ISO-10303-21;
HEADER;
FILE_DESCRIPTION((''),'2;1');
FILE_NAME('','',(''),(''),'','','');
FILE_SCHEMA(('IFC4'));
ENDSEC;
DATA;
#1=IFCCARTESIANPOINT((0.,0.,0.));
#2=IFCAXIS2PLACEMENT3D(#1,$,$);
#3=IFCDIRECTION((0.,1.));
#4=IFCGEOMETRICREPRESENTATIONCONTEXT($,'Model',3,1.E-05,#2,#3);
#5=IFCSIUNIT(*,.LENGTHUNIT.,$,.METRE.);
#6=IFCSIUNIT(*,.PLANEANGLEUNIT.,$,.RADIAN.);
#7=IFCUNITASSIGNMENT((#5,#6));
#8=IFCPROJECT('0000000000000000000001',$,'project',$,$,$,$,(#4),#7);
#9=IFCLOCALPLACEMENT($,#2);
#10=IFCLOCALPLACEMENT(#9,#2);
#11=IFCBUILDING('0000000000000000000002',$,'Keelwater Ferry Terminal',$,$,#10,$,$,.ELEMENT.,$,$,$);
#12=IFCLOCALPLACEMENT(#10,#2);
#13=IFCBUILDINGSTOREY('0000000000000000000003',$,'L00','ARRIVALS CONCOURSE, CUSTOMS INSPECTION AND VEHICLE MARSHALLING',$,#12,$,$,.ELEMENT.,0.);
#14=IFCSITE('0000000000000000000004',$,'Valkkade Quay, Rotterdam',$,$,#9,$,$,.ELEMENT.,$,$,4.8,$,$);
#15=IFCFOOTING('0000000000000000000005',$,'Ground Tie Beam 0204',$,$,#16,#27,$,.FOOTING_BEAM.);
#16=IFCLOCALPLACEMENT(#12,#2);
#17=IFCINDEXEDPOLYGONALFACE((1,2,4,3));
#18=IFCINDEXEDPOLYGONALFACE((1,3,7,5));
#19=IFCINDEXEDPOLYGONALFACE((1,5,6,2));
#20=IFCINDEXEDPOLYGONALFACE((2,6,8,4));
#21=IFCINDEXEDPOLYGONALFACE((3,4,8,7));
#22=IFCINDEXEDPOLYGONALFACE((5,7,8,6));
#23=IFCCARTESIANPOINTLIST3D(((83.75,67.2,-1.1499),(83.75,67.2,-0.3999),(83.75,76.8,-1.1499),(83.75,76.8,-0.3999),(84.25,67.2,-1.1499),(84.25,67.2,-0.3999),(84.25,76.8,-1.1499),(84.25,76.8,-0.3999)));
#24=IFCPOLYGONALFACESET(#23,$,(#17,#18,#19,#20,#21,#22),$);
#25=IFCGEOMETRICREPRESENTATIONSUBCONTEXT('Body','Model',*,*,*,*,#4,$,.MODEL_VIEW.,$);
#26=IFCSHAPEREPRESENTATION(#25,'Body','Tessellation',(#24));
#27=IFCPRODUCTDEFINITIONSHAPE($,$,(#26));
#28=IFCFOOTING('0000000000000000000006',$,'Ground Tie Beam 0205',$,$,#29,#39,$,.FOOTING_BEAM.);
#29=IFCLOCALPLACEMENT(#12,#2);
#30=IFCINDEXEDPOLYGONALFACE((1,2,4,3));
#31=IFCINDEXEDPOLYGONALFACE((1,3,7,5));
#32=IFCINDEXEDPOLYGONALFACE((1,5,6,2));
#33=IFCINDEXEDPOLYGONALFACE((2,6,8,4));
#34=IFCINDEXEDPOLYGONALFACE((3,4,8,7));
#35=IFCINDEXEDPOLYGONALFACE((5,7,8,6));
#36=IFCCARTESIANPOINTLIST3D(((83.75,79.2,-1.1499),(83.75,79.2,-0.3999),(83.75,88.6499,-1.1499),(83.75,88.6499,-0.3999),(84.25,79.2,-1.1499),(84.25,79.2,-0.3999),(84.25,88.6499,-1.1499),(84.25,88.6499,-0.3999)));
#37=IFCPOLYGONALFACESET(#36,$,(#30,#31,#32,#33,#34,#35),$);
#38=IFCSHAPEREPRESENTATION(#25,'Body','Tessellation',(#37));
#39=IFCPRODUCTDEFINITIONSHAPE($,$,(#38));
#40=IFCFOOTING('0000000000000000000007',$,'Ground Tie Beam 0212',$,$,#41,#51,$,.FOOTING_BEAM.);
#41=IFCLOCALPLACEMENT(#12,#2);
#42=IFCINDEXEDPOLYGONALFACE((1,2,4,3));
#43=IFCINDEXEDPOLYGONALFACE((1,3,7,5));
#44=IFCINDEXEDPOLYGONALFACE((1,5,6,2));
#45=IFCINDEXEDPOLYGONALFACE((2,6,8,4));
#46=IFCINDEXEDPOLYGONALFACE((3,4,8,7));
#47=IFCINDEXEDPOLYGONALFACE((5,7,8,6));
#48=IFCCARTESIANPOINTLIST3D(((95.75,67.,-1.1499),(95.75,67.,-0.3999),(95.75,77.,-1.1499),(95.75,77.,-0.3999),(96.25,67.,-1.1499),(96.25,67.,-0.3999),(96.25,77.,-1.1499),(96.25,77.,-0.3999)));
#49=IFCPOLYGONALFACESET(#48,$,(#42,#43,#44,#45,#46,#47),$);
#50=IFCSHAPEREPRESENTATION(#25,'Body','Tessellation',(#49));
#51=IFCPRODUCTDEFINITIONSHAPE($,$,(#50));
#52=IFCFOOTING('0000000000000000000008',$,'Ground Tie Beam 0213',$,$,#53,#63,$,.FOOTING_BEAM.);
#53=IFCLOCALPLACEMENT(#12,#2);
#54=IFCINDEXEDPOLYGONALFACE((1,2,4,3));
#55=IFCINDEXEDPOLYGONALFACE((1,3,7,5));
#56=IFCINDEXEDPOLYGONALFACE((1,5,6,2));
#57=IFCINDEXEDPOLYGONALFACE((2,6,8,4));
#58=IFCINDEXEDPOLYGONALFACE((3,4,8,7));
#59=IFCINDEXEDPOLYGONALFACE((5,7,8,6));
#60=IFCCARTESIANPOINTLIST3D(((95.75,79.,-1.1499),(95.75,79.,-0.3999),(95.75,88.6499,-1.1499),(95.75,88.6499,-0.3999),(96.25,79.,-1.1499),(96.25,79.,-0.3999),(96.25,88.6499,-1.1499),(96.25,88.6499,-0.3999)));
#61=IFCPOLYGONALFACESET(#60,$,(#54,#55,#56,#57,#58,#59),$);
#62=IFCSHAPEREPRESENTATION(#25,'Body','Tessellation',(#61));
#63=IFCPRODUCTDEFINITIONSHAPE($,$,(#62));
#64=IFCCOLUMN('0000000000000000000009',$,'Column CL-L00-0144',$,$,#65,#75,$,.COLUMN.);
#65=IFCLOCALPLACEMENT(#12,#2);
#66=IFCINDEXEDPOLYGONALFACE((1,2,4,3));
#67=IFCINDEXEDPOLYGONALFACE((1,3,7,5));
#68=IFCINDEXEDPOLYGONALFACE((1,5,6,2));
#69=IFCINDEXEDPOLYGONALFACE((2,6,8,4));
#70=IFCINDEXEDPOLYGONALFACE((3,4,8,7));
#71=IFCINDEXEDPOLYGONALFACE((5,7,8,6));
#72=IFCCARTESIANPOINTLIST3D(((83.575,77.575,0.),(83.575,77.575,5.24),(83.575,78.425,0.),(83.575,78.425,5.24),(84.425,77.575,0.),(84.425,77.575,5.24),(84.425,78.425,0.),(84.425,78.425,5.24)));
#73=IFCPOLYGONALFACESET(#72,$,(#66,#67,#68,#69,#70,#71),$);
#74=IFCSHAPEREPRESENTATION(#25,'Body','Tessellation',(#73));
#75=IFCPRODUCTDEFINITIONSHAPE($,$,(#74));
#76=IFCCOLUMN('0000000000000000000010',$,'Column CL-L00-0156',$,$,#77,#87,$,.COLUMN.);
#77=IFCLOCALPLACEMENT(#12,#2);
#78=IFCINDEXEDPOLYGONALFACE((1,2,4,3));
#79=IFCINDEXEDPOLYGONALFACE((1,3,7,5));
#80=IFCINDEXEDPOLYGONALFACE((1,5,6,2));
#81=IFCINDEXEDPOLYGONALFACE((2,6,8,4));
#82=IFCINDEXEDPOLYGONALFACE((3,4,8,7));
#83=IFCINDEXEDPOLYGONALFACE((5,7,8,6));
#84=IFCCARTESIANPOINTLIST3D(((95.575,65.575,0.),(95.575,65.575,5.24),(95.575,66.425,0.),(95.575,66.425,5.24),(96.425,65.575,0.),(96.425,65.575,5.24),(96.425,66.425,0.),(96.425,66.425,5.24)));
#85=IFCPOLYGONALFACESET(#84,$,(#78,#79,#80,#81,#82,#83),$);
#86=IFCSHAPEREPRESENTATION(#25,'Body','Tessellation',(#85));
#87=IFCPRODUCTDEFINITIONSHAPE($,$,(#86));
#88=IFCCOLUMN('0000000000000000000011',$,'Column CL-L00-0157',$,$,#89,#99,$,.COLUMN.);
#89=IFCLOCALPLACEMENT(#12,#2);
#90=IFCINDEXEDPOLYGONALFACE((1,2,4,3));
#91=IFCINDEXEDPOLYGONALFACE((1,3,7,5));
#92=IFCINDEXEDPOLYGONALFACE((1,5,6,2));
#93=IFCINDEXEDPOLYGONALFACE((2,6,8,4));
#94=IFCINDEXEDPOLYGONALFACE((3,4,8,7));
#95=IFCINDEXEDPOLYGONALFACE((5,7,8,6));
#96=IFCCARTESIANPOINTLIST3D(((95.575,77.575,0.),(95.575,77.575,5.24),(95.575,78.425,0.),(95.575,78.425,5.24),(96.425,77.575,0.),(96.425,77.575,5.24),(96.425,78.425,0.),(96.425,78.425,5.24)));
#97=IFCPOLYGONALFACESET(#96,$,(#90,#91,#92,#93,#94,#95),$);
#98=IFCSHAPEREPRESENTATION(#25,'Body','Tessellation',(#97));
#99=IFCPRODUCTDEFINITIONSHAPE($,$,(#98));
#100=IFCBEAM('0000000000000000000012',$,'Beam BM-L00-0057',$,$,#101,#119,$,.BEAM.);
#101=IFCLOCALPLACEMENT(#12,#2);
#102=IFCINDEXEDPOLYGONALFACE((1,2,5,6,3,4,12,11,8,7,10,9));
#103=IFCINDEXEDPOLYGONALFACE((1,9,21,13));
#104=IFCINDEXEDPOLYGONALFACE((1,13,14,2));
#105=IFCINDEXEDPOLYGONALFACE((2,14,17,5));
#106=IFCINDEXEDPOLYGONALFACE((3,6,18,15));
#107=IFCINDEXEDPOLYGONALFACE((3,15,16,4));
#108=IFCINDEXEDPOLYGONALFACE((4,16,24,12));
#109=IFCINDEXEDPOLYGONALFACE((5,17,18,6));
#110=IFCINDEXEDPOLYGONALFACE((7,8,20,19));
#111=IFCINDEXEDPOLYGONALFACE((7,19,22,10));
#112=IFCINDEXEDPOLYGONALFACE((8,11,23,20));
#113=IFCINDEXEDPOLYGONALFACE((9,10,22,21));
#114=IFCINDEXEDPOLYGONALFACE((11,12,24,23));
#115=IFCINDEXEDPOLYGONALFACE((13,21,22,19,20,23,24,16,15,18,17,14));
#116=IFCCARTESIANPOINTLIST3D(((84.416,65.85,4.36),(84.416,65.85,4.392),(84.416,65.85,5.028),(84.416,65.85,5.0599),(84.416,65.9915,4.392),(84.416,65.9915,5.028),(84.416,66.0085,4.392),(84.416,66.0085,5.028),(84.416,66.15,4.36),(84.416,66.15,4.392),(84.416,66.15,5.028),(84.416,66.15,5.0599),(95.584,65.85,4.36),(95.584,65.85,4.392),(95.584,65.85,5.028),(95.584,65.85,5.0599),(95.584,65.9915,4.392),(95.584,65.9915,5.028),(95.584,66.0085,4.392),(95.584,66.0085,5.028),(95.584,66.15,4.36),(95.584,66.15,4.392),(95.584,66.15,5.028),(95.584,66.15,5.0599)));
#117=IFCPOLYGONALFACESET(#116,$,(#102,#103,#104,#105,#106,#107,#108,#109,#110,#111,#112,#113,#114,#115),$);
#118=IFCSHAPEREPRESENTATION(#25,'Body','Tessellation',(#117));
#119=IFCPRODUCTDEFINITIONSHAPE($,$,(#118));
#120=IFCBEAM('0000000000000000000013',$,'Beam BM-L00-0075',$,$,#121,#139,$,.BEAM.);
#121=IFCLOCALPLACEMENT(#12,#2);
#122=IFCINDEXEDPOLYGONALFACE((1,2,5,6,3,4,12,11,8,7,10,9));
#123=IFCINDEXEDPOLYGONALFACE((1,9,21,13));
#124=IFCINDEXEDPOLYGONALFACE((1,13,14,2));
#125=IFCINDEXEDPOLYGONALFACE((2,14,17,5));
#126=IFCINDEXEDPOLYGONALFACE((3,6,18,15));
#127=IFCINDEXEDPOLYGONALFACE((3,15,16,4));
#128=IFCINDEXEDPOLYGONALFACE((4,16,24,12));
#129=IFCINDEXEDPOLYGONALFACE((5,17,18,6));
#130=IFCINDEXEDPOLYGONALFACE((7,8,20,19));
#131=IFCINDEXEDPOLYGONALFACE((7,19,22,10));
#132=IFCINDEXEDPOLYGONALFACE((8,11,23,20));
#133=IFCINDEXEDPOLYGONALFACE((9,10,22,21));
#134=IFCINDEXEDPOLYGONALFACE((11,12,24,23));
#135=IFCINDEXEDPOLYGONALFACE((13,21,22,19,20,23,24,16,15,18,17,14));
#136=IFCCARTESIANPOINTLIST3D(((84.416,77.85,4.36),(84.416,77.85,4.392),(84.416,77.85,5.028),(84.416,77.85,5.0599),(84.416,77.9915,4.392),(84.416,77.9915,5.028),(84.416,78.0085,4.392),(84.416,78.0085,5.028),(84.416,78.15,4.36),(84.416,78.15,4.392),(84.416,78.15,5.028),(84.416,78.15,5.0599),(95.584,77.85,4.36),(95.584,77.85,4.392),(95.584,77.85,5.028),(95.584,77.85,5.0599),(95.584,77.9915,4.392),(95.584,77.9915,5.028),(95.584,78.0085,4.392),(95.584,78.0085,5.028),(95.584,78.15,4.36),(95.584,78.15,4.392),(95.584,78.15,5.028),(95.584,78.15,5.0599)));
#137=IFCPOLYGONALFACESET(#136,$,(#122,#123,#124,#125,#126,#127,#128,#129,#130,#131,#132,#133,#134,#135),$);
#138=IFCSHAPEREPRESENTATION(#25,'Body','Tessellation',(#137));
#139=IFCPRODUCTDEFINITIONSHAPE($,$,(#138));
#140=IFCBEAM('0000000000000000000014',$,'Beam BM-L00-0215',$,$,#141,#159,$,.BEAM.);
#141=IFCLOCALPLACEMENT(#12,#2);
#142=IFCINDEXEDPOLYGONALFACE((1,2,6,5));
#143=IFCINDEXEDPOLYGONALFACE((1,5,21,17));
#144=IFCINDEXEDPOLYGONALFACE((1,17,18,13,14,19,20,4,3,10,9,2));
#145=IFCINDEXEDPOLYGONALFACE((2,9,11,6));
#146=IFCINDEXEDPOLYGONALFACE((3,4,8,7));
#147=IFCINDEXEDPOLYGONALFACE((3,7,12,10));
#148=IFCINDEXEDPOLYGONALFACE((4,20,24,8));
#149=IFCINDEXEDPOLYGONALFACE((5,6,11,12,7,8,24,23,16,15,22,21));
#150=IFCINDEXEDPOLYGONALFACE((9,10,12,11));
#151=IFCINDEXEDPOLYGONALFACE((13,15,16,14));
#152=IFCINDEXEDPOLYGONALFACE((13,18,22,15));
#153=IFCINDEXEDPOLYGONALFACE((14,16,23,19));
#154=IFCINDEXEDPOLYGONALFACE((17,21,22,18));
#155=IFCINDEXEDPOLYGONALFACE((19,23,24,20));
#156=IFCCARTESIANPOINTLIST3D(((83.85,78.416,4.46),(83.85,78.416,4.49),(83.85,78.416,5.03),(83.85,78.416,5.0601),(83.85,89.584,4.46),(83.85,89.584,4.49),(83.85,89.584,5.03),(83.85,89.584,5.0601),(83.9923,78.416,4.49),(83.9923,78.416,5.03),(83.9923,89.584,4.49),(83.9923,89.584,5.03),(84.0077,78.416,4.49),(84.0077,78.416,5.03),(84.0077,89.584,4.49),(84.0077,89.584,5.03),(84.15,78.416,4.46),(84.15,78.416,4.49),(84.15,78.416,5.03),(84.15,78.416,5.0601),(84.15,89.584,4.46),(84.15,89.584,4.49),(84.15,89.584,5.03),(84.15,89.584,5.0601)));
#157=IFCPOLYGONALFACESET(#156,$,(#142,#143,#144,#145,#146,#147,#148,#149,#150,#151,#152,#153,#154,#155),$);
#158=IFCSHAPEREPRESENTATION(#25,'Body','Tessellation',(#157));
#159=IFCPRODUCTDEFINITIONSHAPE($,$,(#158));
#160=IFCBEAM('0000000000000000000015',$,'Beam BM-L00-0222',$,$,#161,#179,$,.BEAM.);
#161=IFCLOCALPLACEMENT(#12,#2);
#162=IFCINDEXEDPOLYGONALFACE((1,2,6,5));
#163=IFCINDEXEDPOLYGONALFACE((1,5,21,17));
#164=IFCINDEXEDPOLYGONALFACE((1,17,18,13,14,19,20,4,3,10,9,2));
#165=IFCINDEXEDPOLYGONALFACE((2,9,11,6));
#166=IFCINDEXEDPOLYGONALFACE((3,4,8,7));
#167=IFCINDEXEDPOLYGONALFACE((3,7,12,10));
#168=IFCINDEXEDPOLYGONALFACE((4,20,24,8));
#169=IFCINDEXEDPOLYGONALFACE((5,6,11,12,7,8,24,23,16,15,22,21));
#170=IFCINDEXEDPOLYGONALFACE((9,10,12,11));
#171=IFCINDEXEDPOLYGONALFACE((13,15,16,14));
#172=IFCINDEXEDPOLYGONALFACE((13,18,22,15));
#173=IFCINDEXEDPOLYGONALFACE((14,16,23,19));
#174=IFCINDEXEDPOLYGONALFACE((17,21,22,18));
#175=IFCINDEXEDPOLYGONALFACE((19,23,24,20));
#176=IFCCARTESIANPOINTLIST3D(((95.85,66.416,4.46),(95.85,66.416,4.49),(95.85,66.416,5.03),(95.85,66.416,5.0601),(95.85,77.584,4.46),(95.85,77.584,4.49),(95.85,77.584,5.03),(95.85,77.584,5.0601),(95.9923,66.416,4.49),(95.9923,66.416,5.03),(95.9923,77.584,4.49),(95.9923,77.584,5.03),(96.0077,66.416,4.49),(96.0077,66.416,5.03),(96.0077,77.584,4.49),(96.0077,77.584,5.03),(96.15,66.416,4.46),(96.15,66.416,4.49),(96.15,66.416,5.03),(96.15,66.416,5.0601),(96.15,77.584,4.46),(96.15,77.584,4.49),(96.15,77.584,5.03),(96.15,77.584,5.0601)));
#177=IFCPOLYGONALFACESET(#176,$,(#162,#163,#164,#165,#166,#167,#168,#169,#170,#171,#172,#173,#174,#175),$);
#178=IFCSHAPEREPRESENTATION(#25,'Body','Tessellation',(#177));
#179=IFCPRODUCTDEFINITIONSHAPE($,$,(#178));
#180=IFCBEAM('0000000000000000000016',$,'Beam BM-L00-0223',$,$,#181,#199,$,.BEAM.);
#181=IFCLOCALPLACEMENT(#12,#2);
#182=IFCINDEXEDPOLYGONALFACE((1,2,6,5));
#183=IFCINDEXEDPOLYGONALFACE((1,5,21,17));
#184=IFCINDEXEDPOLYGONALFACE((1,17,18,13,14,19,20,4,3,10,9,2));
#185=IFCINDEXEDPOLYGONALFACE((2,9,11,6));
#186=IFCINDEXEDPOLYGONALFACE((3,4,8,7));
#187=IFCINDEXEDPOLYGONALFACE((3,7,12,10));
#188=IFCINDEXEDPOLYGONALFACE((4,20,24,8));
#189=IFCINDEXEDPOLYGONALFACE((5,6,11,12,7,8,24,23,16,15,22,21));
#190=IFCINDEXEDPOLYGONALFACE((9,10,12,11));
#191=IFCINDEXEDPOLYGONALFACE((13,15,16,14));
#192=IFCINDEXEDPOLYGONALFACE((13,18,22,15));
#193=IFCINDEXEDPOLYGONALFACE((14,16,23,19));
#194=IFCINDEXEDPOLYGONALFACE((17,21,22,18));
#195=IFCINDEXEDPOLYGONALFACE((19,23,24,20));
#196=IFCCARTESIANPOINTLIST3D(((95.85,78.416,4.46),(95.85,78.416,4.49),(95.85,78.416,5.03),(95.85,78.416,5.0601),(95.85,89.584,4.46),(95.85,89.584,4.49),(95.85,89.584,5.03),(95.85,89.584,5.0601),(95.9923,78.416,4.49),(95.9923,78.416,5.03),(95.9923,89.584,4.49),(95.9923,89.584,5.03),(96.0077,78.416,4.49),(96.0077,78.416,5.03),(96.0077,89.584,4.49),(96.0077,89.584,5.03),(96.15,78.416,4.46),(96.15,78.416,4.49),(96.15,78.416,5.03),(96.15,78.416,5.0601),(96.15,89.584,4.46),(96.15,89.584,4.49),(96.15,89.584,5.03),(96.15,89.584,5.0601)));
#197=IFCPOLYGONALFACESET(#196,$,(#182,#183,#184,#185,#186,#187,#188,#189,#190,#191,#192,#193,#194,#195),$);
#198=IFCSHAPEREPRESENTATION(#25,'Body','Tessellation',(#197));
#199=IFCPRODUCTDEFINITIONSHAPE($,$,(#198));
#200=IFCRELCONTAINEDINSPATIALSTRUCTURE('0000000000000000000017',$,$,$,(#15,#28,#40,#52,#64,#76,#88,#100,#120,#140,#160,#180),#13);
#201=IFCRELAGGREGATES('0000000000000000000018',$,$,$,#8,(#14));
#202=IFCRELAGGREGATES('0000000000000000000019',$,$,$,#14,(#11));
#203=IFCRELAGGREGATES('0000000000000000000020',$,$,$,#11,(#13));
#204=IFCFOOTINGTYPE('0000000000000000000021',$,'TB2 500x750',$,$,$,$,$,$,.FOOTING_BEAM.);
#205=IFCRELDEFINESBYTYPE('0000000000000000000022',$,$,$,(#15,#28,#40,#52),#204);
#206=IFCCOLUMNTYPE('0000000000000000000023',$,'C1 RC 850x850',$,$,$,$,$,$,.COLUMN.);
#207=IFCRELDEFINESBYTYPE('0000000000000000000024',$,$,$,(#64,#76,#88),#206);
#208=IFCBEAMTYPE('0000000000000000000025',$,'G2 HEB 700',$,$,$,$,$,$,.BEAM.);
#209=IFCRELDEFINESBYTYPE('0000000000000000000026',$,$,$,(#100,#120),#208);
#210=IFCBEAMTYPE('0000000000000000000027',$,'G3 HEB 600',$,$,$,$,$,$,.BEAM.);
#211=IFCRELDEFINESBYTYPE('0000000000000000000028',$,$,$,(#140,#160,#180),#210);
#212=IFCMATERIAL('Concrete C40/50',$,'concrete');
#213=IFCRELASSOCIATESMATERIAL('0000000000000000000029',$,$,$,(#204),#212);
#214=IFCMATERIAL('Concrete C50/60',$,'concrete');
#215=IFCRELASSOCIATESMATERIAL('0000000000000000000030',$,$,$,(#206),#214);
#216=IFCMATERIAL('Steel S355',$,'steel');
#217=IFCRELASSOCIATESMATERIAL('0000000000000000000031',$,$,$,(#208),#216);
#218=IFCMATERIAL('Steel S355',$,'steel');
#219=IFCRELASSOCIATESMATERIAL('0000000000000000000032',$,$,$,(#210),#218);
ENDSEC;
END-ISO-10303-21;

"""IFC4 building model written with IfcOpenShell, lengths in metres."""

from ifc_helpers import new_model, si_unit, direction, frame, origin, origin_2d, place, context, subcontext, project, spatial, rectangle, i_section, extrude, material, material_profile, profile_set, type_object, element, save


model = new_model("IFC4")

# Units and contexts
model_context = context("Model", 3, precision=1e-05, world=origin(), true_north=direction((0.0, 1.0)))
body_context = subcontext(model_context, "Body", "Model", "MODEL_VIEW")
ifc_project = project(units=[si_unit("LENGTHUNIT", "METRE"), si_unit("PLANEANGLEUNIT", "RADIAN")], contexts=[model_context])

# Site, building, storey
site_placement = place(None, origin())
site = spatial("IfcSite", under=ifc_project, at=site_placement, Name="Valkkade Quay, Rotterdam", CompositionType="ELEMENT", RefElevation=4.8)
building_placement = place(site_placement, origin())
building = spatial("IfcBuilding", under=site, at=building_placement, Name="Keelwater Ferry Terminal", CompositionType="ELEMENT")
storey_placement = place(building_placement, origin())
storey = spatial("IfcBuildingStorey", under=building, at=storey_placement, Name="L00", Description="ARRIVALS CONCOURSE, CUSTOMS INSPECTION AND VEHICLE MARSHALLING", CompositionType="ELEMENT", Elevation=0.0)

# Footings
ifc_material_1 = material(Name="Concrete C40/50", Category="concrete")
ifc_material_profile_1 = material_profile(ifc_material_1, rectangle(XDim=0.5, YDim=0.75, at=origin_2d()), Name="TB 500x750")
ifc_profile_set_1 = profile_set([ifc_material_profile_1], Name="Concrete C40/50")
footing_type_1 = type_object("IfcFootingType", Name="TB2 500x750", PredefinedType="FOOTING_BEAM", material=ifc_profile_set_1)
footing_1_placement = place(storey_placement, frame((84.0, 67.2, -0.7749), z_axis=(0.0, 1.0, 0.0), x_axis=(-1.0, 0.0, 0.0)))
element("IfcFooting", 1, at=footing_1_placement, inside=storey, type_object=footing_type_1, Name="Ground Tie Beam 0204", PredefinedType="FOOTING_BEAM", context=body_context, shape_type="SweptSolid", body=[
    extrude(rectangle(XDim=0.5, YDim=0.75, at=origin_2d()), origin(), (0.0, 0.0, 1.0), 9.6001),
])
footing_2_placement = place(storey_placement, frame((84.0, 79.2, -0.7749), z_axis=(0.0, 1.0, 0.0), x_axis=(-1.0, 0.0, 0.0)))
element("IfcFooting", 2, at=footing_2_placement, inside=storey, type_object=footing_type_1, Name="Ground Tie Beam 0205", PredefinedType="FOOTING_BEAM", context=body_context, shape_type="SweptSolid", body=[
    extrude(rectangle(XDim=0.5, YDim=0.75, at=origin_2d()), origin(), (0.0, 0.0, 1.0), 9.45),
])
footing_3_placement = place(storey_placement, frame((96.0, 67.0, -0.7749), z_axis=(0.0, 1.0, 0.0), x_axis=(-1.0, 0.0, 0.0)))
element("IfcFooting", 3, at=footing_3_placement, inside=storey, type_object=footing_type_1, Name="Ground Tie Beam 0212", PredefinedType="FOOTING_BEAM", context=body_context, shape_type="SweptSolid", body=[
    extrude(rectangle(XDim=0.5, YDim=0.75, at=origin_2d()), origin(), (0.0, 0.0, 1.0), 10.0),
])
footing_4_placement = place(storey_placement, frame((96.0, 79.0, -0.7749), z_axis=(0.0, 1.0, 0.0), x_axis=(-1.0, 0.0, 0.0)))
element("IfcFooting", 4, at=footing_4_placement, inside=storey, type_object=footing_type_1, Name="Ground Tie Beam 0213", PredefinedType="FOOTING_BEAM", context=body_context, shape_type="SweptSolid", body=[
    extrude(rectangle(XDim=0.5, YDim=0.75, at=origin_2d()), origin(), (0.0, 0.0, 1.0), 9.6499),
])

# Columns
ifc_material_2 = material(Name="Concrete C50/60", Category="concrete")
ifc_material_profile_2 = material_profile(ifc_material_2, rectangle(XDim=0.8501, YDim=0.8501, at=origin_2d()), Name="RC 850x850")
ifc_profile_set_2 = profile_set([ifc_material_profile_2], Name="Concrete C50/60")
column_type = type_object("IfcColumnType", Name="C1 RC 850x850", PredefinedType="COLUMN", material=ifc_profile_set_2)
for number, where, z_axis, x_axis, name in (
    (5, (84.0, 78.0, 0.0), (0.0, 0.0, 1.0), (1.0, 0.0, 0.0), "Column CL-L00-0144"),
    (6, (96.0, 66.0, 0.0), (0.0, 0.0, 1.0), (1.0, 0.0, 0.0), "Column CL-L00-0156"),
    (7, (96.0, 78.0, 0.0), (0.0, 0.0, 1.0), (1.0, 0.0, 0.0), "Column CL-L00-0157"),
):
    element("IfcColumn", number, at=place(storey_placement, frame(where, z_axis=z_axis, x_axis=x_axis)), inside=storey, type_object=column_type, Name=name, PredefinedType="COLUMN", context=body_context, shape_type="SweptSolid", body=[
        extrude(rectangle(XDim=0.8501, YDim=0.8501, at=origin_2d()), origin(), (0.0, 0.0, 1.0), 5.24),
    ])

# Beams
ifc_material_3 = material(Name="Steel S355", Category="steel")
ifc_material_profile_3 = material_profile(ifc_material_3, i_section(OverallWidth=0.3, OverallDepth=0.7, WebThickness=0.0171, FlangeThickness=0.032, at=origin_2d()), Name="HEB 700")
ifc_profile_set_3 = profile_set([ifc_material_profile_3], Name="Steel S355")
beam_type_1 = type_object("IfcBeamType", Name="G2 HEB 700", PredefinedType="BEAM", material=ifc_profile_set_3)
for number, where, z_axis, x_axis, name in (
    (8, (84.416, 66.0, 4.71), (1.0, 0.0, 0.0), (0.0, 1.0, 0.0), "Beam BM-L00-0057"),
    (9, (84.416, 78.0, 4.71), (1.0, 0.0, 0.0), (0.0, 1.0, 0.0), "Beam BM-L00-0075"),
):
    element("IfcBeam", number, at=place(storey_placement, frame(where, z_axis=z_axis, x_axis=x_axis)), inside=storey, type_object=beam_type_1, Name=name, PredefinedType="BEAM", context=body_context, shape_type="SweptSolid", body=[
        extrude(i_section(OverallWidth=0.3, OverallDepth=0.7, WebThickness=0.0171, FlangeThickness=0.032, at=origin_2d()), origin(), (0.0, 0.0, 1.0), 11.168),
    ])
ifc_material_4 = material(Name="Steel S355", Category="steel")
ifc_material_profile_4 = material_profile(ifc_material_4, i_section(OverallWidth=0.3, OverallDepth=0.6001, WebThickness=0.0154, FlangeThickness=0.03, at=origin_2d()), Name="HEB 600")
ifc_profile_set_4 = profile_set([ifc_material_profile_4], Name="Steel S355")
beam_type_2 = type_object("IfcBeamType", Name="G3 HEB 600", PredefinedType="BEAM", material=ifc_profile_set_4)
for number, where, z_axis, x_axis, name in (
    (10, (84.0, 78.416, 4.76), (0.0, 1.0, 0.0), (-1.0, 0.0, 0.0), "Beam BM-L00-0215"),
    (11, (96.0, 66.416, 4.76), (0.0, 1.0, 0.0), (-1.0, 0.0, 0.0), "Beam BM-L00-0222"),
    (12, (96.0, 78.416, 4.76), (0.0, 1.0, 0.0), (-1.0, 0.0, 0.0), "Beam BM-L00-0223"),
):
    element("IfcBeam", number, at=place(storey_placement, frame(where, z_axis=z_axis, x_axis=x_axis)), inside=storey, type_object=beam_type_2, Name=name, PredefinedType="BEAM", context=body_context, shape_type="SweptSolid", body=[
        extrude(i_section(OverallWidth=0.3, OverallDepth=0.6001, WebThickness=0.0154, FlangeThickness=0.03, at=origin_2d()), origin(), (0.0, 0.0, 1.0), 11.168),
    ])

save(model, "model.ifc")
